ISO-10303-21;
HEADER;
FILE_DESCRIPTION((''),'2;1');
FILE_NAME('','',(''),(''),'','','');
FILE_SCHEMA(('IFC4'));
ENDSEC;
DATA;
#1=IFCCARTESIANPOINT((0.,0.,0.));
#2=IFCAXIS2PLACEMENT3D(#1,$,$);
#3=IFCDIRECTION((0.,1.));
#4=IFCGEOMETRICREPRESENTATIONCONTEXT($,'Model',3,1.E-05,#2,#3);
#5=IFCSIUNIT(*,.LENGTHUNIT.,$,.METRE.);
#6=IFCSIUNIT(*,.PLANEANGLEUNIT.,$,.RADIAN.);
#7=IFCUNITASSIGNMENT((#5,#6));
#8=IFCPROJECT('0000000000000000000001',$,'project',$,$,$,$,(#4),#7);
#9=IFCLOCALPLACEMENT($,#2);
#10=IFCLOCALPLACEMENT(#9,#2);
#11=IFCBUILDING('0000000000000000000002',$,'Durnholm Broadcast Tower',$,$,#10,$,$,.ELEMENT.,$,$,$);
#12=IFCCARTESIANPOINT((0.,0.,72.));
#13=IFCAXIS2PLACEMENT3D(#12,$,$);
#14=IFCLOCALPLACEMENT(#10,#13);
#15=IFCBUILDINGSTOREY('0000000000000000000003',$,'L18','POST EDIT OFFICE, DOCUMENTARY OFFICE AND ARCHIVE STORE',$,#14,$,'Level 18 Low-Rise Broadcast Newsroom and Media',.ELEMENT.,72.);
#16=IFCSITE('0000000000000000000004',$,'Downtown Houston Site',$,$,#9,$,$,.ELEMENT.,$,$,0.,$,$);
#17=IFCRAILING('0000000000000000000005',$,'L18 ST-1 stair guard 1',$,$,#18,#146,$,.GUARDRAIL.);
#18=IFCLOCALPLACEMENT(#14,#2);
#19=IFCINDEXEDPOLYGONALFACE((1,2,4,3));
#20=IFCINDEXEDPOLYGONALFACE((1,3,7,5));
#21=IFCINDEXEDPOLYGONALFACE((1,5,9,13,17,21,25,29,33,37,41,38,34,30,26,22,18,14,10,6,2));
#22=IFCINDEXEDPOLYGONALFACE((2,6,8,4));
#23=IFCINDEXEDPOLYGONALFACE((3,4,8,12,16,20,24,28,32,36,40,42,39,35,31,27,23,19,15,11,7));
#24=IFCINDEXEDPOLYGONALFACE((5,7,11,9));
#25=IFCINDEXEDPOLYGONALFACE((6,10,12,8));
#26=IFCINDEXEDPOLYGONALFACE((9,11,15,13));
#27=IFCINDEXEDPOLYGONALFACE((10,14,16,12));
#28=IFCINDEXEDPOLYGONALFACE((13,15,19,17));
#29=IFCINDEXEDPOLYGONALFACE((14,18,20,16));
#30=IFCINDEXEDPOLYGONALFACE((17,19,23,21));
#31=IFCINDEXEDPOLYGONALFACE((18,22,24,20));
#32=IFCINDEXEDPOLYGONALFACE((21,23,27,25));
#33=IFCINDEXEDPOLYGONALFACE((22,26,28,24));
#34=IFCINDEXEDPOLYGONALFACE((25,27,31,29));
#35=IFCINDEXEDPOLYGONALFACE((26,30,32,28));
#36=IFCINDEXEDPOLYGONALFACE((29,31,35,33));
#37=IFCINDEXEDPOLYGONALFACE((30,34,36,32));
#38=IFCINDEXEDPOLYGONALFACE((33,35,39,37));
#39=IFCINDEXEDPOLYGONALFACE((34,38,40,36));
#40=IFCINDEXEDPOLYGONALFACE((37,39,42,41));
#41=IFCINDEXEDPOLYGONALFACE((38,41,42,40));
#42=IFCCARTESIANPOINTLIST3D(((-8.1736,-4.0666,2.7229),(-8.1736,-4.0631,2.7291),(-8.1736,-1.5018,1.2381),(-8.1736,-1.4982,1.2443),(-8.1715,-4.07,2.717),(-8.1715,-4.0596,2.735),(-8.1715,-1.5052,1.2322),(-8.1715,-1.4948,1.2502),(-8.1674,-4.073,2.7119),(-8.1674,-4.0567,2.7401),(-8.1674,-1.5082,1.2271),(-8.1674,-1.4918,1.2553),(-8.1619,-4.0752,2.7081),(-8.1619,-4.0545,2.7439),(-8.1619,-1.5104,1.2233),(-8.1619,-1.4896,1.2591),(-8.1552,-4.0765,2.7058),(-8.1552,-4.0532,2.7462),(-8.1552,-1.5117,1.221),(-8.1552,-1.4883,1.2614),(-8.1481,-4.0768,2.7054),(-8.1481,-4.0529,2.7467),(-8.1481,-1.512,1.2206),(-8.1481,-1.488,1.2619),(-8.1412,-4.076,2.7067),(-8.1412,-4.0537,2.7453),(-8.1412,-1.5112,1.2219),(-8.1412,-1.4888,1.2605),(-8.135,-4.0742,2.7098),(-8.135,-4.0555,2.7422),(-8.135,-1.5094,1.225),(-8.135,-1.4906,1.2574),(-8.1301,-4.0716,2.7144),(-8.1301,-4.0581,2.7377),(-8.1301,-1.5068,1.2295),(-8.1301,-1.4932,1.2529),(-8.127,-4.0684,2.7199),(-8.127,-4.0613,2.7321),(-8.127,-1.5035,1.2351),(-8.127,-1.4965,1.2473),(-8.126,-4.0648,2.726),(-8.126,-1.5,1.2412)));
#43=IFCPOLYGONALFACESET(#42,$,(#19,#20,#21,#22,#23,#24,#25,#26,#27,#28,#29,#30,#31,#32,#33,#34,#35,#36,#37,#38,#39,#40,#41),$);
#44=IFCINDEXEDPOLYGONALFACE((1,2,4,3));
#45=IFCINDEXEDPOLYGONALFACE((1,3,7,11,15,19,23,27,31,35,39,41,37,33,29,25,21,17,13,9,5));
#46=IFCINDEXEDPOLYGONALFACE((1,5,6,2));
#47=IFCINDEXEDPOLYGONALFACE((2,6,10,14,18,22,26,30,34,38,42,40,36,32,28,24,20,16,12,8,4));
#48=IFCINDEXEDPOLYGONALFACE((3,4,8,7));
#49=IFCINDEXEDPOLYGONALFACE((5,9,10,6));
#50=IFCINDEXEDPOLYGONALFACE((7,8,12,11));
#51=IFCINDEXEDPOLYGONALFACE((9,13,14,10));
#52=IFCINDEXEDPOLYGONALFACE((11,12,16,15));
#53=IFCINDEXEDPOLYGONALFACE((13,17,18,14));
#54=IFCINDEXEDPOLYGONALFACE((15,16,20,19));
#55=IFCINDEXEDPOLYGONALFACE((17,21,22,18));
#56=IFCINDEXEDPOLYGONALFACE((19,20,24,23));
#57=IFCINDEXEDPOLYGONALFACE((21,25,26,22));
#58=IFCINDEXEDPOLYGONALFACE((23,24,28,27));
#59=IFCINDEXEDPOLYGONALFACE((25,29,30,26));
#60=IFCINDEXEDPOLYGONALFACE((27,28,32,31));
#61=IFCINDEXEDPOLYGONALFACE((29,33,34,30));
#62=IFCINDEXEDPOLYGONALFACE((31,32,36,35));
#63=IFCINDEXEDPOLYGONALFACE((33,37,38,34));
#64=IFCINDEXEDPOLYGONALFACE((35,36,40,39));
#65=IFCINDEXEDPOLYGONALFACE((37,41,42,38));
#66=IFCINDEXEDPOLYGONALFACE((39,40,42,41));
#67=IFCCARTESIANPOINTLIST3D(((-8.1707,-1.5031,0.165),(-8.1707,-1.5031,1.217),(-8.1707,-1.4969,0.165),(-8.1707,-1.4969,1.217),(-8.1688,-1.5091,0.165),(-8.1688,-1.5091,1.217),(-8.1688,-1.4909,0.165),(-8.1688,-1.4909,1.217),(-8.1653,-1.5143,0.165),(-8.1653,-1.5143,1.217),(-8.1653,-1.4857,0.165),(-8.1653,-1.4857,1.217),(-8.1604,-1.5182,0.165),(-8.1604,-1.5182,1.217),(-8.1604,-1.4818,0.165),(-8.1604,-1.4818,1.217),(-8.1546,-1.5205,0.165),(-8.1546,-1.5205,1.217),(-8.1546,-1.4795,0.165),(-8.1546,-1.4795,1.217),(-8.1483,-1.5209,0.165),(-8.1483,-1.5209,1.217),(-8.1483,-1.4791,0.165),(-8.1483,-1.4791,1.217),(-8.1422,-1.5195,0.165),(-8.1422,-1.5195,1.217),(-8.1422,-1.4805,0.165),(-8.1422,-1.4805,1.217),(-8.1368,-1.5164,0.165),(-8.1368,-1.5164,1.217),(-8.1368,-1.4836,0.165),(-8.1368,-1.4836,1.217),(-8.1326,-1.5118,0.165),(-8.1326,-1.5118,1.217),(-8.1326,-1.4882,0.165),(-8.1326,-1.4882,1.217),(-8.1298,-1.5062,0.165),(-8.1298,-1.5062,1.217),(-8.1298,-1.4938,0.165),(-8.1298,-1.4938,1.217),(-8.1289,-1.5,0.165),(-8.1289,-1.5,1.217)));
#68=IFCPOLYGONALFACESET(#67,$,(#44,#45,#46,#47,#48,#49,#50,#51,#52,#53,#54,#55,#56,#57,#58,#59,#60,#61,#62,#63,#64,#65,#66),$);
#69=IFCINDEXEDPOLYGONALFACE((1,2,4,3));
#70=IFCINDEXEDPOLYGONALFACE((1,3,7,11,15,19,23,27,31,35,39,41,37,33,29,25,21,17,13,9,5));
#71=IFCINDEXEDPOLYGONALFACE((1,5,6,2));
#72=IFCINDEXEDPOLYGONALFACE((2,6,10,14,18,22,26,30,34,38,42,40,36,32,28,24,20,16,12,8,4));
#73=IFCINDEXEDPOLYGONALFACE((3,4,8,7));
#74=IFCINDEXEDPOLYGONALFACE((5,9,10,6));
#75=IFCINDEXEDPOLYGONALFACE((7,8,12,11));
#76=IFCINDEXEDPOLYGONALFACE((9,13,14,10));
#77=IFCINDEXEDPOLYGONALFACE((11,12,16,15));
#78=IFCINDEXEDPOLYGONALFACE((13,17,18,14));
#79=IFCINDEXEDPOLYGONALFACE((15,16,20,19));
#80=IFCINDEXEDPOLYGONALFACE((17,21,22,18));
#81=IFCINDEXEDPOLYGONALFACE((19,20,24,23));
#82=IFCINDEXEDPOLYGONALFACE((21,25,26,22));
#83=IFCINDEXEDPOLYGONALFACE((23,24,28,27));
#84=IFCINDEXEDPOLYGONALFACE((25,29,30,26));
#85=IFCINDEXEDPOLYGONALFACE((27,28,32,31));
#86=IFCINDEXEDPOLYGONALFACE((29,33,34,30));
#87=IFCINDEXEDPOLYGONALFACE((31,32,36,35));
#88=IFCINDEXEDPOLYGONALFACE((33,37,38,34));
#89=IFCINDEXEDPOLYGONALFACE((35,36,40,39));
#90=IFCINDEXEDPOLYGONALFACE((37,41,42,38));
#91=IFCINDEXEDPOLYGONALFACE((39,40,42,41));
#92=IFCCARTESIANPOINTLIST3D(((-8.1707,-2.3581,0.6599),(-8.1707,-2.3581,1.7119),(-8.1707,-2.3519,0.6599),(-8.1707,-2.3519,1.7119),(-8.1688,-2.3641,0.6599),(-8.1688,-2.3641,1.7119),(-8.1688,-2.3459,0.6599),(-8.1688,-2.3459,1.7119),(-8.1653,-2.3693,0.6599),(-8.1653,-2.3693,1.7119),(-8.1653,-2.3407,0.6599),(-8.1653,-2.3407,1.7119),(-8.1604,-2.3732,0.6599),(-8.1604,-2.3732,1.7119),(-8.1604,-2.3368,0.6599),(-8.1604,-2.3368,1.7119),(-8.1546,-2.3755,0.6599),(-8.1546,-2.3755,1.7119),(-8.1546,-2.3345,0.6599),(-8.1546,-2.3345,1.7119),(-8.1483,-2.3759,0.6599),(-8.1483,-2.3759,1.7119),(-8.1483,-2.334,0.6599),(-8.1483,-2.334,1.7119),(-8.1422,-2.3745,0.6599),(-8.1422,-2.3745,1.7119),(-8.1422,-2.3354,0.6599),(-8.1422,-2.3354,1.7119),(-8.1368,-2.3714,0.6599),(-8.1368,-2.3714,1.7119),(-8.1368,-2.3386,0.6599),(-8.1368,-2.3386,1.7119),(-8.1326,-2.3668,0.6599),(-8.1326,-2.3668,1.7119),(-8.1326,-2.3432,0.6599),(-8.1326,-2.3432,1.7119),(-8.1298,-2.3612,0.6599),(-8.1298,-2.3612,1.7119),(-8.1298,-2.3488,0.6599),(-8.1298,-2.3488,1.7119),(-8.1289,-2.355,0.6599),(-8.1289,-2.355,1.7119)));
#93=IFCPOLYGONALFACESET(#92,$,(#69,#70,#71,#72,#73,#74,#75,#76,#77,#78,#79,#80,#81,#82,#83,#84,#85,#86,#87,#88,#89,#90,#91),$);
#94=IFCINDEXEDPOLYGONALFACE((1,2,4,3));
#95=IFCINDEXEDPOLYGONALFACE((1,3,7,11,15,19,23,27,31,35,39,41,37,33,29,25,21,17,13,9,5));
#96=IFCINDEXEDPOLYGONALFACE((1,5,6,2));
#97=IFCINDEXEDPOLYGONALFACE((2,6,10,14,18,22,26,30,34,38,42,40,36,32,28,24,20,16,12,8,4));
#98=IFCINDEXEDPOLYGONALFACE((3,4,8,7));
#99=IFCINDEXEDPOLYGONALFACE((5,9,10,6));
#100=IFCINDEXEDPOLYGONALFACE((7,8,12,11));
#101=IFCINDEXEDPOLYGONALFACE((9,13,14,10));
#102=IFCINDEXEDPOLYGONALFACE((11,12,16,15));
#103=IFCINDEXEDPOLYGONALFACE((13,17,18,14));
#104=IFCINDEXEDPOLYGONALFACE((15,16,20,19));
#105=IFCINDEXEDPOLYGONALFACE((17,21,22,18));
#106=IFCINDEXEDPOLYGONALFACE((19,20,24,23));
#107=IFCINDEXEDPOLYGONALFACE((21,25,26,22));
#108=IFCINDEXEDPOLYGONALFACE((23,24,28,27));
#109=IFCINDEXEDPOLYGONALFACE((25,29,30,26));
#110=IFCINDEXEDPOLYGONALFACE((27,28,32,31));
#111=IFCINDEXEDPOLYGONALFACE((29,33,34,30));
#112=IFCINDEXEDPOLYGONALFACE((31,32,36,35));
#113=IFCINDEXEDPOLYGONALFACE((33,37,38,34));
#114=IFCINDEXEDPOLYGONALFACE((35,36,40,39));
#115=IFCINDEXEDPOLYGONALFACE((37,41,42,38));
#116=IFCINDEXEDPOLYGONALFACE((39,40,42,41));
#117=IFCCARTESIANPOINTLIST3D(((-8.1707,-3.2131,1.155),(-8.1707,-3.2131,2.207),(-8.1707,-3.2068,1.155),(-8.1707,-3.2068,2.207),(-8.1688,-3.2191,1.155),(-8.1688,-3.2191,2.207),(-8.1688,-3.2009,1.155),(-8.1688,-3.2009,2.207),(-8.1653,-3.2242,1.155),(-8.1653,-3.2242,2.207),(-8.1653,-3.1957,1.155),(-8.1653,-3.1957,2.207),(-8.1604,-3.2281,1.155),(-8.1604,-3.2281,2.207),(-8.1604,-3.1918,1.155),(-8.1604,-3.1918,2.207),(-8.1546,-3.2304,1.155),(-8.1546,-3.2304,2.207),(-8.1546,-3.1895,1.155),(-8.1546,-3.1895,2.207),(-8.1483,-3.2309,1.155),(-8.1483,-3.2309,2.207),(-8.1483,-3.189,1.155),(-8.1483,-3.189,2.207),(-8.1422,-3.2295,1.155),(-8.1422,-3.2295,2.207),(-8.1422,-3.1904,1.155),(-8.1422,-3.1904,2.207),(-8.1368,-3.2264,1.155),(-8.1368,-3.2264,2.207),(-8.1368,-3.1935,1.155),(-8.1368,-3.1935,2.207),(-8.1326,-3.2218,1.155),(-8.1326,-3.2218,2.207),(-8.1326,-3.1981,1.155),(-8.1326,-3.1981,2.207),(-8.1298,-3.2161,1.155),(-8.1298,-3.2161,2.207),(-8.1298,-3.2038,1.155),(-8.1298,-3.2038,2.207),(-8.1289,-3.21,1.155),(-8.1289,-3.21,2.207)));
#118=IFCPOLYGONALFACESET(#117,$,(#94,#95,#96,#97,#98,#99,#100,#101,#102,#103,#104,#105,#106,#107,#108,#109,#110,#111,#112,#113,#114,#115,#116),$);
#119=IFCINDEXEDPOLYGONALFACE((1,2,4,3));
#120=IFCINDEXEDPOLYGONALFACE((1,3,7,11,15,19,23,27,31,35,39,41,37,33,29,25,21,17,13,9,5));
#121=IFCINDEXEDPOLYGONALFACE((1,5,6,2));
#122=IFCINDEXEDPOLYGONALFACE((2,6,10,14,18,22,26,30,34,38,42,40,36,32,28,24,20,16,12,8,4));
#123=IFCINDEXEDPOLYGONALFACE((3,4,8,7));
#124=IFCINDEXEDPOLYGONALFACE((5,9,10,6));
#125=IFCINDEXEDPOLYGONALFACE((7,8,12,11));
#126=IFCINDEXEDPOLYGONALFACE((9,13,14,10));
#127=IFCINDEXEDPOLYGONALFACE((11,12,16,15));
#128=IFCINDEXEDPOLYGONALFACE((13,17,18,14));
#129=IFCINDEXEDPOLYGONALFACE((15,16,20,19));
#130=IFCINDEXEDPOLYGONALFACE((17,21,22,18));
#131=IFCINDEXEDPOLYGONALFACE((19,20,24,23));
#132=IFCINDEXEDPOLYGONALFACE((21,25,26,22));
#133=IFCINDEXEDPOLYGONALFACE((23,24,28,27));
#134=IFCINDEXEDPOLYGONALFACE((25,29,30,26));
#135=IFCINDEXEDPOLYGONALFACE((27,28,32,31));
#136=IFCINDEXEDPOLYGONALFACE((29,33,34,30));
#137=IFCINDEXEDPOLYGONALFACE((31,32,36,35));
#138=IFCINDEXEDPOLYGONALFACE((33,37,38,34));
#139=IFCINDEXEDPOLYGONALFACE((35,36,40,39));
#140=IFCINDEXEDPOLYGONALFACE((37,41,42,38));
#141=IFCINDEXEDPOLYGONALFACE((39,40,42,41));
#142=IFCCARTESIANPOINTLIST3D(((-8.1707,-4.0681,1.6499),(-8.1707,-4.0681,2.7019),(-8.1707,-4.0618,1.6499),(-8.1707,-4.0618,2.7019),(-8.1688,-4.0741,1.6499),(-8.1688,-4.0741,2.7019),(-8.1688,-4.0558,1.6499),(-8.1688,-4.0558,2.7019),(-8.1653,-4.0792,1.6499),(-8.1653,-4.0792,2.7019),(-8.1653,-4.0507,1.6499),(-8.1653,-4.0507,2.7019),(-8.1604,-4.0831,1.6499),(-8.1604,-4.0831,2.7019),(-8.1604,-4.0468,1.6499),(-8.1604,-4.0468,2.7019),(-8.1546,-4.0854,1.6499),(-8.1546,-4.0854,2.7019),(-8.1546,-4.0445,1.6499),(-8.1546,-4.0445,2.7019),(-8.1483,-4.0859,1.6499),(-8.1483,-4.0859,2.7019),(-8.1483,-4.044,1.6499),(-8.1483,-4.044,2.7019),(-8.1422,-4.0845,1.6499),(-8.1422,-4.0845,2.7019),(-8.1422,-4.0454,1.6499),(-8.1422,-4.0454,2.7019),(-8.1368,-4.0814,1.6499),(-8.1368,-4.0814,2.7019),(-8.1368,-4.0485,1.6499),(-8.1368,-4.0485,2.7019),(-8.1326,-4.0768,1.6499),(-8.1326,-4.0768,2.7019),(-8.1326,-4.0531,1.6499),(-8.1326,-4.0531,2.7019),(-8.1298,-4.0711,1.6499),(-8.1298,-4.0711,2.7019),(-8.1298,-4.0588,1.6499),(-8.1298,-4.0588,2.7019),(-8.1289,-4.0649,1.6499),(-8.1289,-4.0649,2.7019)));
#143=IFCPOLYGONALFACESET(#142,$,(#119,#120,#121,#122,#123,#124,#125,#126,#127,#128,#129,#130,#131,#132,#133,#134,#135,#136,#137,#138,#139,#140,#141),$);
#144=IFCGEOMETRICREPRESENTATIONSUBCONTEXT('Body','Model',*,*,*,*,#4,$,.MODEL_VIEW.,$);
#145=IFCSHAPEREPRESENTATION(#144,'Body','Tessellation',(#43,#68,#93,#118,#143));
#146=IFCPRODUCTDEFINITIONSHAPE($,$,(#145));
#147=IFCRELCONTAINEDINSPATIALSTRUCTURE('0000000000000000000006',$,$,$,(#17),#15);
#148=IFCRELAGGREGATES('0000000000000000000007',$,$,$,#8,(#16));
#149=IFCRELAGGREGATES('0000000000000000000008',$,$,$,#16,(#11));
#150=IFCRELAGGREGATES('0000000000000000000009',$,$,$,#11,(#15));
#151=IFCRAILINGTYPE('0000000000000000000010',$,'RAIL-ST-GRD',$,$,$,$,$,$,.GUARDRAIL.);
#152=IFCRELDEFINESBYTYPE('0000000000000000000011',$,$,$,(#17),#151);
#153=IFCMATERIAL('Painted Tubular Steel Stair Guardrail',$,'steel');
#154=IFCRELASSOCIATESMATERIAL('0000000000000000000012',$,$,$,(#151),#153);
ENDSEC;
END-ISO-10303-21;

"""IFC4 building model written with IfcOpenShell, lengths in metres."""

from ifc_helpers import new_model, si_unit, direction, frame, origin, origin_2d, place, context, subcontext, project, spatial, circle, extrude, material, type_object, element, save


model = new_model("IFC4")

# Units and contexts
model_context = context("Model", 3, precision=1e-05, world=origin(), true_north=direction((0.0, 1.0)))
body_context = subcontext(model_context, "Body", "Model", "MODEL_VIEW")
ifc_project = project(units=[si_unit("LENGTHUNIT", "METRE"), si_unit("PLANEANGLEUNIT", "RADIAN")], contexts=[model_context])

# Site, building, storey
site_placement = place(None, origin())
site = spatial("IfcSite", under=ifc_project, at=site_placement, Name="Downtown Houston Site", CompositionType="ELEMENT", RefElevation=0.0)
building_placement = place(site_placement, origin())
building = spatial("IfcBuilding", under=site, at=building_placement, Name="Durnholm Broadcast Tower", CompositionType="ELEMENT")
storey_placement = place(building_placement, frame((0.0, 0.0, 72.0)))
storey = spatial("IfcBuildingStorey", under=building, at=storey_placement, Name="L18", Description="POST EDIT OFFICE, DOCUMENTARY OFFICE AND ARCHIVE STORE", LongName="Level 18 Low-Rise Broadcast Newsroom and Media", CompositionType="ELEMENT", Elevation=72.0)

# Railing
ifc_material_1 = material(Name="Painted Tubular Steel Stair Guardrail", Category="steel")
railing_type_1 = type_object("IfcRailingType", Name="RAIL-ST-GRD", PredefinedType="GUARDRAIL", material=ifc_material_1)
railing_1_placement = place(storey_placement, frame((-8.1499, -1.5, 0.165)))
element("IfcRailing", 1, at=railing_1_placement, inside=storey, type_object=railing_type_1, Name="L18 ST-1 stair guard 1", PredefinedType="GUARDRAIL", context=body_context, shape_type="SweptSolid", body=[
    extrude(circle(Radius=0.0239, at=origin_2d()), frame((0.0, 0.0, 1.0762), z_axis=(0.0, -0.865441, 0.50101), x_axis=(1.0, 0.0, 0.0)), (0.0, 0.0, 1.0), 2.9636),
    extrude(circle(Radius=0.021, at=origin_2d()), origin(), (0.0, 0.0, 1.0), 1.052),
    extrude(circle(Radius=0.021, at=origin_2d()), frame((0.0, -0.855, 0.4949)), (0.0, 0.0, 1.0), 1.052),
    extrude(circle(Radius=0.021, at=origin_2d()), frame((0.0, -1.71, 0.99)), (0.0, 0.0, 1.0), 1.052),
    extrude(circle(Radius=0.021, at=origin_2d()), frame((0.0, -2.5649, 1.4849)), (0.0, 0.0, 1.0), 1.052),
])

save(model, "model.ifc")
